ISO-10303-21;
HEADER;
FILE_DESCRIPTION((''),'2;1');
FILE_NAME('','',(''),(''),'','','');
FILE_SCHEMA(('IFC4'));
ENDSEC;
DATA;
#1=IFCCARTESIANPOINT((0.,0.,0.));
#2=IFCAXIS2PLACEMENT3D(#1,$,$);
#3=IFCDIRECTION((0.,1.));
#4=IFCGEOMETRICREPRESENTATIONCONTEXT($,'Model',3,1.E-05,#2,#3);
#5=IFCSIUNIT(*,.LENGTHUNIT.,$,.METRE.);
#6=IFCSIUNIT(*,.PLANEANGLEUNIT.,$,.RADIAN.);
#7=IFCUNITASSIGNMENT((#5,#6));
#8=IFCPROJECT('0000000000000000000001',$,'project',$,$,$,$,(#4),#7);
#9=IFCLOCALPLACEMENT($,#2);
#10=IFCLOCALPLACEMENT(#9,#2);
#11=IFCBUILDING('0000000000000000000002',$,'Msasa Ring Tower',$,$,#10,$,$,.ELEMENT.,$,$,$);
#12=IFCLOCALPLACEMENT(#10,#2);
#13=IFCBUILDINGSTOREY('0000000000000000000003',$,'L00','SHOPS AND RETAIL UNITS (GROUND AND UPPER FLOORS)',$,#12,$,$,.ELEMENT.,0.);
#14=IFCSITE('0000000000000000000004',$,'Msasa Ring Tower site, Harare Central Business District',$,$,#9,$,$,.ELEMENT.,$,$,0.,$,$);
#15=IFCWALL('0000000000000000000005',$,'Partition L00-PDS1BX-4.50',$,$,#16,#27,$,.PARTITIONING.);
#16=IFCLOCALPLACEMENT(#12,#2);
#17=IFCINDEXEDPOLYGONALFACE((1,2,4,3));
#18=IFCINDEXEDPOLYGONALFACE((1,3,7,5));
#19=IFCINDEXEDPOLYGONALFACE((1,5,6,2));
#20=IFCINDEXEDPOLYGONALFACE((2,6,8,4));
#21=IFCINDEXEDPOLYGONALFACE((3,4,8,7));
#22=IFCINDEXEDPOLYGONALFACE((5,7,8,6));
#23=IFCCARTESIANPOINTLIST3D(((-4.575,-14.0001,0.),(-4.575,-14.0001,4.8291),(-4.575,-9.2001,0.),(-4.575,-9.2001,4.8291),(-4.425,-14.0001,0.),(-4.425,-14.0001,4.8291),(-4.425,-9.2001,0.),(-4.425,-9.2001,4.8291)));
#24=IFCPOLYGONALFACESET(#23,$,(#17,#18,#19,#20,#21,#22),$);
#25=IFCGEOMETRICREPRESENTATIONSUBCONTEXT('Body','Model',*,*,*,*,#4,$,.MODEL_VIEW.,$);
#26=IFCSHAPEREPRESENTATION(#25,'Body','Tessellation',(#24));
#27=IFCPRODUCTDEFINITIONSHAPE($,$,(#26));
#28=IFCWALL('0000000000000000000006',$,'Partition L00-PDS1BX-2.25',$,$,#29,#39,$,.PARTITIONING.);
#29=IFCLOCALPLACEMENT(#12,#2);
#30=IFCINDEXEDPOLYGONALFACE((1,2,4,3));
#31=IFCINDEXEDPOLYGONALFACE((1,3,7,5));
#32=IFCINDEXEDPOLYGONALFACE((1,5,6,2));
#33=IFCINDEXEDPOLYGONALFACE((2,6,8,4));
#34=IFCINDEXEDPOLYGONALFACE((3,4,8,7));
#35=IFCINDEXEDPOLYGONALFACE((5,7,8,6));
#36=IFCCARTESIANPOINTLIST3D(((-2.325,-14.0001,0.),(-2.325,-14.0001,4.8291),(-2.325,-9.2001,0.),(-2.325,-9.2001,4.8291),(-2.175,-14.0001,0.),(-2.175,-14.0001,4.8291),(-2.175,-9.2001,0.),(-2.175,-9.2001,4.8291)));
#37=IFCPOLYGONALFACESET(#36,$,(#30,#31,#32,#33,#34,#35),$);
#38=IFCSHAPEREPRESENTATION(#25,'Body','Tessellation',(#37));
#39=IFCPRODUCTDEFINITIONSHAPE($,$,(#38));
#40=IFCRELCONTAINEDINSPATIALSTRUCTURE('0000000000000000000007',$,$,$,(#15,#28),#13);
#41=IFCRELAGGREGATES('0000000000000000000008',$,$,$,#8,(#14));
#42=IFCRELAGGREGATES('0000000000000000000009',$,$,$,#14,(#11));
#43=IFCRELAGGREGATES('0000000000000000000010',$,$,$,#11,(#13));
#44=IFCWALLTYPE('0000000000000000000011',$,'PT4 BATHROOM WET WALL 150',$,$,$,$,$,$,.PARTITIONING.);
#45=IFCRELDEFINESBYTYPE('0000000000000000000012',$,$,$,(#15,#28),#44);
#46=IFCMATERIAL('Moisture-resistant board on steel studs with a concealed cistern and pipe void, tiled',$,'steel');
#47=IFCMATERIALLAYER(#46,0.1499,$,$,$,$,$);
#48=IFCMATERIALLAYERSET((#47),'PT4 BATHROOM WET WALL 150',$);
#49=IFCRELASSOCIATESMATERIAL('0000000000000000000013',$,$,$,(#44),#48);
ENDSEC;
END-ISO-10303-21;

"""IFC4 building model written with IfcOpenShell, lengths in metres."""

from ifc_helpers import new_model, si_unit, direction, frame, frame_2d, origin, place, context, subcontext, project, spatial, rectangle, extrude, material, layer, layer_set, type_object, element, save


model = new_model("IFC4")

# Units and contexts
model_context = context("Model", 3, precision=1e-05, world=origin(), true_north=direction((0.0, 1.0)))
body_context = subcontext(model_context, "Body", "Model", "MODEL_VIEW")
ifc_project = project(units=[si_unit("LENGTHUNIT", "METRE"), si_unit("PLANEANGLEUNIT", "RADIAN")], contexts=[model_context])

# Site, building, storey
site_placement = place(None, origin())
site = spatial("IfcSite", under=ifc_project, at=site_placement, Name="Msasa Ring Tower site, Harare Central Business District", CompositionType="ELEMENT", RefElevation=0.0)
building_placement = place(site_placement, origin())
building = spatial("IfcBuilding", under=site, at=building_placement, Name="Msasa Ring Tower", CompositionType="ELEMENT")
storey_placement = place(building_placement, origin())
storey = spatial("IfcBuildingStorey", under=building, at=storey_placement, Name="L00", Description="SHOPS AND RETAIL UNITS (GROUND AND UPPER FLOORS)", CompositionType="ELEMENT", Elevation=0.0)

# Walls
ifc_material_1 = material(Name="Moisture-resistant board on steel studs with a concealed cistern and pipe void, tiled", Category="steel")
ifc_layer_1 = layer(ifc_material_1, 0.1499)
ifc_layer_set_1 = layer_set([ifc_layer_1], Name="PT4 BATHROOM WET WALL 150")
wall_type_1 = type_object("IfcWallType", Name="PT4 BATHROOM WET WALL 150", PredefinedType="PARTITIONING", material=ifc_layer_set_1)
for number, where, z_axis, x_axis, name in (
    (1, (-4.5, -14.0, 0.0), (0.0, 0.0, 1.0), (0.0, 1.0, 0.0), "Partition L00-PDS1BX-4.50"),
    (2, (-2.25, -14.0, 0.0), (0.0, 0.0, 1.0), (0.0, 1.0, 0.0), "Partition L00-PDS1BX-2.25"),
):
    element("IfcWall", number, at=place(storey_placement, frame(where, z_axis=z_axis, x_axis=x_axis)), inside=storey, type_object=wall_type_1, Name=name, PredefinedType="PARTITIONING", context=body_context, shape_type="SweptSolid", body=[
        extrude(rectangle(XDim=4.8, YDim=0.1499, at=frame_2d((2.3999, 0.0))), origin(), (0.0, 0.0, 1.0), 4.8291),
    ])

save(model, "model.ifc")
